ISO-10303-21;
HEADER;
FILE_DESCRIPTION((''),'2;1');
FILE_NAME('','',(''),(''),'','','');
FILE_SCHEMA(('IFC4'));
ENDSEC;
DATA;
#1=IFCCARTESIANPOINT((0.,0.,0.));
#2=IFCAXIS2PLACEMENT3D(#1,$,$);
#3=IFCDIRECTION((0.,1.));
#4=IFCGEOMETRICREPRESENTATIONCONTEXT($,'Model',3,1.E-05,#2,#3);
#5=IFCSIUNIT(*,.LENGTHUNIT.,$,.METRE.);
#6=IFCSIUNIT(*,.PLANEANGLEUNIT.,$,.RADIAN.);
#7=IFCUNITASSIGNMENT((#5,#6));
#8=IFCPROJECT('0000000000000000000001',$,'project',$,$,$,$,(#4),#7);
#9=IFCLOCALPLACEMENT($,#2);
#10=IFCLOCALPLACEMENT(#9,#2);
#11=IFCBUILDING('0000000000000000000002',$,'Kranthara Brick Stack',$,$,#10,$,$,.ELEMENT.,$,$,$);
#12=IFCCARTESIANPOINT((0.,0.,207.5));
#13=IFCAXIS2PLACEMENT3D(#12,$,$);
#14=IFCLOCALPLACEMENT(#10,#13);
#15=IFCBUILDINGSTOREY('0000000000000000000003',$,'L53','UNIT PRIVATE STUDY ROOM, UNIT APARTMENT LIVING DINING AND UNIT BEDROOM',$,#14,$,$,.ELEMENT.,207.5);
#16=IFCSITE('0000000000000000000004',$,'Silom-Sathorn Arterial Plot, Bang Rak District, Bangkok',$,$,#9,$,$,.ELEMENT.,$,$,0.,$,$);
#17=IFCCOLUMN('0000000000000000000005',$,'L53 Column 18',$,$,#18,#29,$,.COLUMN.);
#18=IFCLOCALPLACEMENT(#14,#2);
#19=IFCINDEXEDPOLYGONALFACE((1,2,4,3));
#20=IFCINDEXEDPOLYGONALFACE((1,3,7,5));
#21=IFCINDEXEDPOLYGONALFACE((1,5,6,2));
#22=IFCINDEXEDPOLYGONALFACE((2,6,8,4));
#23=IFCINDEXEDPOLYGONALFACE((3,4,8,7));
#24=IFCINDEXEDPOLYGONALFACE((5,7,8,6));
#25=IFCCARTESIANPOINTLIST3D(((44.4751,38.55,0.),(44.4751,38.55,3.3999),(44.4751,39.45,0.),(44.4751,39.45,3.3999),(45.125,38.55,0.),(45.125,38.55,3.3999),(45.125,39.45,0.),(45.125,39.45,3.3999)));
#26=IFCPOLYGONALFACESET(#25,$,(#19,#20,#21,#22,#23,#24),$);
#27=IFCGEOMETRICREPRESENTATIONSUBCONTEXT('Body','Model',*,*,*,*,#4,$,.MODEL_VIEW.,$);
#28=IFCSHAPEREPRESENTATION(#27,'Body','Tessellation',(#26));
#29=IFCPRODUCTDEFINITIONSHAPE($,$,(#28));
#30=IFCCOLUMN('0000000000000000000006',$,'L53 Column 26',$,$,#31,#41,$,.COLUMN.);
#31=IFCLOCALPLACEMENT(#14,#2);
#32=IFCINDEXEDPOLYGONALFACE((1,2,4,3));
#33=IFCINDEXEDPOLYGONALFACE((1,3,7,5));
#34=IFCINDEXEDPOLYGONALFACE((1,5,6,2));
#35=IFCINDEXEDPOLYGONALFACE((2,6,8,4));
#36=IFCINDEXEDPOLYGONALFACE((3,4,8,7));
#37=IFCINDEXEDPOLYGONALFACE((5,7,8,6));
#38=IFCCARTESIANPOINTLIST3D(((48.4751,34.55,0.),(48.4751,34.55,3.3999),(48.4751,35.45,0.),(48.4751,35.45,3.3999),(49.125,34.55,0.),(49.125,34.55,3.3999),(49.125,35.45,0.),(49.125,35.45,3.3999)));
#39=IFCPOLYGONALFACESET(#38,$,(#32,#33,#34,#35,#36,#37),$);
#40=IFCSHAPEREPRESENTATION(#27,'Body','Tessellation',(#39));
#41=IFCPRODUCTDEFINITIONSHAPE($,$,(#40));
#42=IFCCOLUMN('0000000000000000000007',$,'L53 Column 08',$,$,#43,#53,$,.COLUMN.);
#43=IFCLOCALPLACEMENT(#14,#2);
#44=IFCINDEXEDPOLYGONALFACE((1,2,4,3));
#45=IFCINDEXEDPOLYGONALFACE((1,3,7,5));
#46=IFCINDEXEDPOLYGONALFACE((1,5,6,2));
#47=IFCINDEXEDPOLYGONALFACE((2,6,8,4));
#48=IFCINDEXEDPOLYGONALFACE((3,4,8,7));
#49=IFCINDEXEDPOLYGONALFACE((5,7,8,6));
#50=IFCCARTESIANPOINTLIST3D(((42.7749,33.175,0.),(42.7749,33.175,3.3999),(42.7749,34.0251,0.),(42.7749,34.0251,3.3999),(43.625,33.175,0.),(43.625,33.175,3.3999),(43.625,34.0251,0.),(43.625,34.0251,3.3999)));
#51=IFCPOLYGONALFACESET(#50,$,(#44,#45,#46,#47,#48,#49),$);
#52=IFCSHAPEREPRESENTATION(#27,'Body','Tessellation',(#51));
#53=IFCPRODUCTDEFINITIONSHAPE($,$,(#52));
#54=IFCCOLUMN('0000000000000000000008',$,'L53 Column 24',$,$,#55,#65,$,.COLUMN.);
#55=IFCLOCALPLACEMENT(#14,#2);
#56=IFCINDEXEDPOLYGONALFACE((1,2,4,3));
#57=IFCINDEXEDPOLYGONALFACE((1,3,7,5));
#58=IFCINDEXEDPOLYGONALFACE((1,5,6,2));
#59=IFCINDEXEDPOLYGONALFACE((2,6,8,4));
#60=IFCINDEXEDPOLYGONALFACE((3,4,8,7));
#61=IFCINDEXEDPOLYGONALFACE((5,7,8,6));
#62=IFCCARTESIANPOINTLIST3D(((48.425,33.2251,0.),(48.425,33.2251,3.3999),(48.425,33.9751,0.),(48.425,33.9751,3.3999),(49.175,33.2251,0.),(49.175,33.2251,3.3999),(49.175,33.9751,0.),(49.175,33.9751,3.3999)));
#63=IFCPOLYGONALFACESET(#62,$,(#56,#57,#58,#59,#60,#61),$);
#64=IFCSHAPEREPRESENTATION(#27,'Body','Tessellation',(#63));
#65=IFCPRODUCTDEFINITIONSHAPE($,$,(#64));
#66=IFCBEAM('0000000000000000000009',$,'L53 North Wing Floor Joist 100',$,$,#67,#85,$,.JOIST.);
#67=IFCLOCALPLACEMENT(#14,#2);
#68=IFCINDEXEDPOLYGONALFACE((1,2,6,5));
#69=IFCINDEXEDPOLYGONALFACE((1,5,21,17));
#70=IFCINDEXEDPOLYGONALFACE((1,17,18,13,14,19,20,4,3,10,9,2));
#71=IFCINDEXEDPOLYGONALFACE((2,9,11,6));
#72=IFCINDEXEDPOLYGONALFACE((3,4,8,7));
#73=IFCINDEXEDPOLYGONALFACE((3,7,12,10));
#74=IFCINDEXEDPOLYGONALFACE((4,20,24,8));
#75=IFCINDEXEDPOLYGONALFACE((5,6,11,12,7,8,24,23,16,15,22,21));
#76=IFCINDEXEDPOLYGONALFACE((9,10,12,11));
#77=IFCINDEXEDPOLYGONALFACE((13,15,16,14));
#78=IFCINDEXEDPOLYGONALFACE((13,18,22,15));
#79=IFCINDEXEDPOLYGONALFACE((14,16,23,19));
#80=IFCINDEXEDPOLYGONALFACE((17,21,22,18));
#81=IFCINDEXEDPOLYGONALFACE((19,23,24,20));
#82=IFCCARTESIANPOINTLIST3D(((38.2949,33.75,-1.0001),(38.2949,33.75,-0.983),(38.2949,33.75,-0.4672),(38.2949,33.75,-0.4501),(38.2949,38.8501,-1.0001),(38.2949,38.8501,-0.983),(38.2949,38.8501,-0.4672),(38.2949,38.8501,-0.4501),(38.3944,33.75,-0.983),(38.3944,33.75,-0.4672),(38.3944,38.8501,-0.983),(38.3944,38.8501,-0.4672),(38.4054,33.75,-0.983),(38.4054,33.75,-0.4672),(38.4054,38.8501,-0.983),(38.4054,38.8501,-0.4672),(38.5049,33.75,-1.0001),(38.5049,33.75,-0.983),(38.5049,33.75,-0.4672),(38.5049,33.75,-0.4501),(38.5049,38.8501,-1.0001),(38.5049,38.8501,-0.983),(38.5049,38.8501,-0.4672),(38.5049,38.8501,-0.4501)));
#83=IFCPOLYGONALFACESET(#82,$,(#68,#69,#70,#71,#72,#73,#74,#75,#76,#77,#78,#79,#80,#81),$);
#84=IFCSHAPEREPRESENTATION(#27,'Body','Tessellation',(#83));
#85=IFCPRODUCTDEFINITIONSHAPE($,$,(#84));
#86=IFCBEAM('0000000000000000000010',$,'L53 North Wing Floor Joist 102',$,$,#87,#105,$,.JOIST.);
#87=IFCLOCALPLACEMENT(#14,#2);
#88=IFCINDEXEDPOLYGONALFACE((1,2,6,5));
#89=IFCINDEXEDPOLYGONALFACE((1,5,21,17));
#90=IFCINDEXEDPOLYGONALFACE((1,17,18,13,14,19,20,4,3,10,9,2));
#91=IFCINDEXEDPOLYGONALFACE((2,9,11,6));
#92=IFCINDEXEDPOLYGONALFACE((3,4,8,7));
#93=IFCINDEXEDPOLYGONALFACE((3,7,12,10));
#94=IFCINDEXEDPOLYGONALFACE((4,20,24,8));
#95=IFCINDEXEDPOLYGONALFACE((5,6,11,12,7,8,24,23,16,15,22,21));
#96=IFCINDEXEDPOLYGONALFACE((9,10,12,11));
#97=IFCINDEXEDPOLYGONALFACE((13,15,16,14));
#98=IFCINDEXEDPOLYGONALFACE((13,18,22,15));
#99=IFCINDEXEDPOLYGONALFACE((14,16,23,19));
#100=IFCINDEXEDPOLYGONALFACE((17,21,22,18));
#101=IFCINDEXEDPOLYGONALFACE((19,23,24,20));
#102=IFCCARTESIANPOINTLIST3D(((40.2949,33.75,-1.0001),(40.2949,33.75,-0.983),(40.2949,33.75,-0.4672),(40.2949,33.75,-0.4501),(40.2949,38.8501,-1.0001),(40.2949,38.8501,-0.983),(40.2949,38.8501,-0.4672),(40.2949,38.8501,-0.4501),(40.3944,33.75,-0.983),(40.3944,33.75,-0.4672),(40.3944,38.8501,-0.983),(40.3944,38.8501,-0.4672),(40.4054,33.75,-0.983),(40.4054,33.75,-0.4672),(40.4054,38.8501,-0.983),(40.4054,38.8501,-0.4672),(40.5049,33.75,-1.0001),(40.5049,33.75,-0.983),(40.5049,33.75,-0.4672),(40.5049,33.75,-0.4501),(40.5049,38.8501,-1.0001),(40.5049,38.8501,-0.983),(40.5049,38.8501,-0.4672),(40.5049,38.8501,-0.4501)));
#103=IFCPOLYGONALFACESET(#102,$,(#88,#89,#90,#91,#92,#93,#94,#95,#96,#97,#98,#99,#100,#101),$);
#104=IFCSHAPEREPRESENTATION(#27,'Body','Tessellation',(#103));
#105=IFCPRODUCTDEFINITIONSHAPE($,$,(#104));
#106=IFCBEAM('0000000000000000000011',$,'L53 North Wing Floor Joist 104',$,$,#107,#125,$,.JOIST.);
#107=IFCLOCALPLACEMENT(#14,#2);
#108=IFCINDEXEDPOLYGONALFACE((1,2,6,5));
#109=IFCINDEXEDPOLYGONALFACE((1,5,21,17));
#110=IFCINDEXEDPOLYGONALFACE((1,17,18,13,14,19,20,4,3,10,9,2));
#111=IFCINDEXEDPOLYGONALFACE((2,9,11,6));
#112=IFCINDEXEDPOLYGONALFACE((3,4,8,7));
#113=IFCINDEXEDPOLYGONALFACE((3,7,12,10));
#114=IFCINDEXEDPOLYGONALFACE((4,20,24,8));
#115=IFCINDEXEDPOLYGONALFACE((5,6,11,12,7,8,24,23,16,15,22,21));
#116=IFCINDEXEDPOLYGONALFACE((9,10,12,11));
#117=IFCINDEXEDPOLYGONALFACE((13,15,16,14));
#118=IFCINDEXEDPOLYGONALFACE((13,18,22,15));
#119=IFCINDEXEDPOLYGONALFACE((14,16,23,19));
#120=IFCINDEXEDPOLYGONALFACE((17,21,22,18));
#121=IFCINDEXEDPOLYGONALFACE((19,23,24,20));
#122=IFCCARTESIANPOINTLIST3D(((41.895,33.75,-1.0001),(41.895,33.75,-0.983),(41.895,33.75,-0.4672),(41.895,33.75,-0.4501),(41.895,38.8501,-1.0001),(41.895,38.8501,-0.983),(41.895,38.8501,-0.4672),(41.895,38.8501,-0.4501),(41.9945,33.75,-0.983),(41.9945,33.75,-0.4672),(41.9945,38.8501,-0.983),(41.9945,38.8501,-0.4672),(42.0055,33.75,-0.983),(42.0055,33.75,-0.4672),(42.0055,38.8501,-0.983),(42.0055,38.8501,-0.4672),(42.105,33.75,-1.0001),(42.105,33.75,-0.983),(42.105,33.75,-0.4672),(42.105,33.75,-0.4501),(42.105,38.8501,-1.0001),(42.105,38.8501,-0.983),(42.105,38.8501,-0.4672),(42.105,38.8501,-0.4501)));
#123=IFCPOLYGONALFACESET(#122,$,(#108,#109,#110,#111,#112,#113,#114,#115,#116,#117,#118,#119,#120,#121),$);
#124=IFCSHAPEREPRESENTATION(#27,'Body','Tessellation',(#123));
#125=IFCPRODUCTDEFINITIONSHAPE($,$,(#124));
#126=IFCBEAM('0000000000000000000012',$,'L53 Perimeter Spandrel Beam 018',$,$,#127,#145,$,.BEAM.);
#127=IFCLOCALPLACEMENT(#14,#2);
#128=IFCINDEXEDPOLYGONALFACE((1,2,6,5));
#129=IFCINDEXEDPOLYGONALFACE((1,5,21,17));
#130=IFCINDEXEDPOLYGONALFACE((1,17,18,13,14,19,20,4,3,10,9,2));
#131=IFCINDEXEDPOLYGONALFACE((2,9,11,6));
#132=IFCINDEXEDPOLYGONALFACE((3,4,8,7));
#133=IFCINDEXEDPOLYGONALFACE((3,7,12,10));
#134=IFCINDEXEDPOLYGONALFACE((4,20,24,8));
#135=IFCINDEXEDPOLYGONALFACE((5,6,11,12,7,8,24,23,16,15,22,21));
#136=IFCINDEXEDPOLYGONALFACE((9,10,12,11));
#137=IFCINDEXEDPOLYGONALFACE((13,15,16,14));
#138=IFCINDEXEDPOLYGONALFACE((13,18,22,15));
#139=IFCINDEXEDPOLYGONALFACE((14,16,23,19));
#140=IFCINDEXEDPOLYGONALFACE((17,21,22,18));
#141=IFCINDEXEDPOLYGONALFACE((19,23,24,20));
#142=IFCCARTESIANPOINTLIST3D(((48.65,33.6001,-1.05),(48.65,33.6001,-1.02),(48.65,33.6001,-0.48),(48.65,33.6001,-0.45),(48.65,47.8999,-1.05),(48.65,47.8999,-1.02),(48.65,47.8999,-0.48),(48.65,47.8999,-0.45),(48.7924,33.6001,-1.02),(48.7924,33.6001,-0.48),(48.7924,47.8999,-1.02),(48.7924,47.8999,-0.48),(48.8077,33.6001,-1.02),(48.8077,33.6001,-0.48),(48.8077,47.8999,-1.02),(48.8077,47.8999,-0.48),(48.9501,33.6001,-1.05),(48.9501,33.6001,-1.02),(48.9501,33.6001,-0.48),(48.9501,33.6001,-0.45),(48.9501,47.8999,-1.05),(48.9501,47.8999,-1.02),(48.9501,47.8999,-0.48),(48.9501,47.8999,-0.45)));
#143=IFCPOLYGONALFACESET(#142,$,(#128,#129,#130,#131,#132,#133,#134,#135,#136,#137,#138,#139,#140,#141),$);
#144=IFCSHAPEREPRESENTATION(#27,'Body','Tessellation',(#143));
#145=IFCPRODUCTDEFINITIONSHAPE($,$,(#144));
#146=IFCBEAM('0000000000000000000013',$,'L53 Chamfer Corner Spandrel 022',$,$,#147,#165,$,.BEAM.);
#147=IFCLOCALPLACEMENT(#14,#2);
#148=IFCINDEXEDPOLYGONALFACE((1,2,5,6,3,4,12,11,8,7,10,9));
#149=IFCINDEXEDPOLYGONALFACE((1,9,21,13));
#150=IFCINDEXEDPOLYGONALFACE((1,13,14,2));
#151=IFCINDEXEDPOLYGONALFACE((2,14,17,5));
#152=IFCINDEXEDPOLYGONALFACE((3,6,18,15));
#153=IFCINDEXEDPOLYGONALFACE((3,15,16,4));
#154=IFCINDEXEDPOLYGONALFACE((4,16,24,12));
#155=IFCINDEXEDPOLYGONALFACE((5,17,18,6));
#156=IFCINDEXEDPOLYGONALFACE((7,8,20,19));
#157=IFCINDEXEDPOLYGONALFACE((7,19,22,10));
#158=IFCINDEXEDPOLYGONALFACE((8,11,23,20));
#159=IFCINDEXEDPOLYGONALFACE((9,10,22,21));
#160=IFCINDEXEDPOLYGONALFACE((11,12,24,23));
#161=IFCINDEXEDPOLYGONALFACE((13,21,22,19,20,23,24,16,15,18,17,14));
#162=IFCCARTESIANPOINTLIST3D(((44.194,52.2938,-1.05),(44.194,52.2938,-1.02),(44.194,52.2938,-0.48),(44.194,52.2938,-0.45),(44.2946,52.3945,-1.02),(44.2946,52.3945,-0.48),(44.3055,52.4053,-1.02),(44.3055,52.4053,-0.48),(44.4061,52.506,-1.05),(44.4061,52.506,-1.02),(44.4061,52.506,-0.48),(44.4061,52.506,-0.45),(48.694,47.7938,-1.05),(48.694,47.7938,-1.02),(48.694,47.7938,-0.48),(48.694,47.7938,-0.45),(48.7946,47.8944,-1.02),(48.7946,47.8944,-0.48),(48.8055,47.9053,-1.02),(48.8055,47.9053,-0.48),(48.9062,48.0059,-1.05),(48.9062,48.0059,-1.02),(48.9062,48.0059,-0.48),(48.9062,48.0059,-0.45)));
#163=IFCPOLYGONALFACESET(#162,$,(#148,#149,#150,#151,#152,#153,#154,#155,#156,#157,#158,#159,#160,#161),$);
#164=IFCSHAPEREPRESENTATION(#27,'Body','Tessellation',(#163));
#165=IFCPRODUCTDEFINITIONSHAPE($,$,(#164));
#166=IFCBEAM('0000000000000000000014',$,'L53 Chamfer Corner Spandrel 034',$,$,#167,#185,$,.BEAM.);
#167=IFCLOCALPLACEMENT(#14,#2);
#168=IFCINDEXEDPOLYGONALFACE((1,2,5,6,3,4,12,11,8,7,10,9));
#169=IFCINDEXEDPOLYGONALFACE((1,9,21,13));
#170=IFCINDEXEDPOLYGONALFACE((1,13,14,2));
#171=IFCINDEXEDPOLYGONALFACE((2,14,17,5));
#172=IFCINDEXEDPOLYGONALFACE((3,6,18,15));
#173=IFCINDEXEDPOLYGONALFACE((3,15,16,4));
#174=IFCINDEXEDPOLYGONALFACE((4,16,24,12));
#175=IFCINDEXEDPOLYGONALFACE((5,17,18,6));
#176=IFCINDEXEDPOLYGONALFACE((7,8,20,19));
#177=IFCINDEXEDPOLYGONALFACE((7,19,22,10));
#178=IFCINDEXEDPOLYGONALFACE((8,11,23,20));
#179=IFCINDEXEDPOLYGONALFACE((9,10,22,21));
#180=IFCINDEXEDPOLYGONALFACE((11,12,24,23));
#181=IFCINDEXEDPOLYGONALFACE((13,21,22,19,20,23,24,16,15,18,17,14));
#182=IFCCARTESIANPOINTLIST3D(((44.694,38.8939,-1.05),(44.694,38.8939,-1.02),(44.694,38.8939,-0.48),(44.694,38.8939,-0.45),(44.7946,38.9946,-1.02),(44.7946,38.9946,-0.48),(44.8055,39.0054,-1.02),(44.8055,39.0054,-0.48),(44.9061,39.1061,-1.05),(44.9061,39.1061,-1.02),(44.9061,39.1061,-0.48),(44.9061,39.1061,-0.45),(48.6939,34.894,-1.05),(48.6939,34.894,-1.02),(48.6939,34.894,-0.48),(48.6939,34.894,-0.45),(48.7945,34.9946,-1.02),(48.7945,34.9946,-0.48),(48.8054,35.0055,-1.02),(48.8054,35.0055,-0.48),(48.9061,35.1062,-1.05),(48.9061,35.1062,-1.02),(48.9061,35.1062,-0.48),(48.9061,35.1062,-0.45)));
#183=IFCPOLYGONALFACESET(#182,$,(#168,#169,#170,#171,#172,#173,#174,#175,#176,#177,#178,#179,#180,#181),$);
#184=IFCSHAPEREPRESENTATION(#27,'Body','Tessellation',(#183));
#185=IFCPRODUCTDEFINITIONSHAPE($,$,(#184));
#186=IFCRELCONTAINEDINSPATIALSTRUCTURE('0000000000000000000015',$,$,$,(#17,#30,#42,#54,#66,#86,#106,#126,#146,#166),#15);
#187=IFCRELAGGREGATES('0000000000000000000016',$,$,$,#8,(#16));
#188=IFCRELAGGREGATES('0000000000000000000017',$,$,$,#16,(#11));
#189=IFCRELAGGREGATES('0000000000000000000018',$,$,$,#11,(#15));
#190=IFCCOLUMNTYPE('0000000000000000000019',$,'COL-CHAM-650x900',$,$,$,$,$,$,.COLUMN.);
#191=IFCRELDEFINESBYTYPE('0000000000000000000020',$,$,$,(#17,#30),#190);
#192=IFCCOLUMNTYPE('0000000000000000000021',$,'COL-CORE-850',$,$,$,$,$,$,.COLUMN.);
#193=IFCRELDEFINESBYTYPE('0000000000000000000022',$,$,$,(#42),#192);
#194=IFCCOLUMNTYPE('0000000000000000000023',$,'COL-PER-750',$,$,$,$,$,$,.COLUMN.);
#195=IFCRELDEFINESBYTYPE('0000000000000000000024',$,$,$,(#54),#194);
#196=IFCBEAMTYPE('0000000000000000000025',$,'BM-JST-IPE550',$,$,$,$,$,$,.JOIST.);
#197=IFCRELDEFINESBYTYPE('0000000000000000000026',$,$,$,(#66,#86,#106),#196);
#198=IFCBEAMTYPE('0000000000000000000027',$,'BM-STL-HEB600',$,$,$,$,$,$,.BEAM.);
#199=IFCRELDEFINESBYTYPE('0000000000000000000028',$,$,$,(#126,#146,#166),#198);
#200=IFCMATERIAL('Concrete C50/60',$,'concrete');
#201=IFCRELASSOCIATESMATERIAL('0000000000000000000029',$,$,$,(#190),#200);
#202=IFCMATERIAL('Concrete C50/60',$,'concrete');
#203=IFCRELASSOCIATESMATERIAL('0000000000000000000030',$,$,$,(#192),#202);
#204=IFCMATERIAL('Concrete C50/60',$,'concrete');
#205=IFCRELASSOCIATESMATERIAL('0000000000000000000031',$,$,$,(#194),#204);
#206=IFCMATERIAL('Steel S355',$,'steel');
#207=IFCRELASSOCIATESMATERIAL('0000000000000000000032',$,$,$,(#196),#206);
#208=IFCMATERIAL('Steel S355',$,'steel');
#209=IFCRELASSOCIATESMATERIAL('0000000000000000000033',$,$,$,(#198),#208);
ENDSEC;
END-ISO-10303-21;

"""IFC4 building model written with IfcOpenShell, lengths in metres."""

from ifc_helpers import new_model, si_unit, direction, frame, origin, origin_2d, place, context, subcontext, project, spatial, rectangle, i_section, extrude, material, material_profile, profile_set, type_object, element, save


model = new_model("IFC4")

# Units and contexts
model_context = context("Model", 3, precision=1e-05, world=origin(), true_north=direction((0.0, 1.0)))
body_context = subcontext(model_context, "Body", "Model", "MODEL_VIEW")
ifc_project = project(units=[si_unit("LENGTHUNIT", "METRE"), si_unit("PLANEANGLEUNIT", "RADIAN")], contexts=[model_context])

# Site, building, storey
site_placement = place(None, origin())
site = spatial("IfcSite", under=ifc_project, at=site_placement, Name="Silom-Sathorn Arterial Plot, Bang Rak District, Bangkok", CompositionType="ELEMENT", RefElevation=0.0)
building_placement = place(site_placement, origin())
building = spatial("IfcBuilding", under=site, at=building_placement, Name="Kranthara Brick Stack", CompositionType="ELEMENT")
storey_placement = place(building_placement, frame((0.0, 0.0, 207.5)))
storey = spatial("IfcBuildingStorey", under=building, at=storey_placement, Name="L53", Description="UNIT PRIVATE STUDY ROOM, UNIT APARTMENT LIVING DINING AND UNIT BEDROOM", CompositionType="ELEMENT", Elevation=207.5)

# Columns
ifc_material_1 = material(Name="Concrete C50/60", Category="concrete")
ifc_material_profile_1 = material_profile(ifc_material_1, rectangle(XDim=0.6499, YDim=0.8999, at=origin_2d()), Name="RC 650x900")
ifc_profile_set_1 = profile_set([ifc_material_profile_1], Name="Concrete C50/60")
column_type_1 = type_object("IfcColumnType", Name="COL-CHAM-650x900", PredefinedType="COLUMN", material=ifc_profile_set_1)
for number, where, z_axis, x_axis, name in (
    (1, (44.8, 39.0, 0.0), (0.0, 0.0, 1.0), (1.0, 0.0, 0.0), "L53 Column 18"),
    (2, (48.8, 35.0, 0.0), (0.0, 0.0, 1.0), (1.0, 0.0, 0.0), "L53 Column 26"),
):
    element("IfcColumn", number, at=place(storey_placement, frame(where, z_axis=z_axis, x_axis=x_axis)), inside=storey, type_object=column_type_1, Name=name, PredefinedType="COLUMN", context=body_context, shape_type="SweptSolid", body=[
        extrude(rectangle(XDim=0.6499, YDim=0.8999, at=origin_2d()), origin(), (0.0, 0.0, 1.0), 3.3999),
    ])
ifc_material_2 = material(Name="Concrete C50/60", Category="concrete")
ifc_material_profile_2 = material_profile(ifc_material_2, rectangle(XDim=0.8501, YDim=0.8501, at=origin_2d()), Name="RC 850x850")
ifc_profile_set_2 = profile_set([ifc_material_profile_2], Name="Concrete C50/60")
column_type_2 = type_object("IfcColumnType", Name="COL-CORE-850", PredefinedType="COLUMN", material=ifc_profile_set_2)
column_1_placement = place(storey_placement, frame((43.2, 33.6001, 0.0), z_axis=(0.0, 0.0, 1.0), x_axis=(1.0, 0.0, 0.0)))
element("IfcColumn", 3, at=column_1_placement, inside=storey, type_object=column_type_2, Name="L53 Column 08", PredefinedType="COLUMN", context=body_context, shape_type="SweptSolid", body=[
    extrude(rectangle(XDim=0.8501, YDim=0.8501, at=origin_2d()), origin(), (0.0, 0.0, 1.0), 3.3999),
])
ifc_material_3 = material(Name="Concrete C50/60", Category="concrete")
ifc_material_profile_3 = material_profile(ifc_material_3, rectangle(XDim=0.75, YDim=0.75, at=origin_2d()), Name="RC 750x750")
ifc_profile_set_3 = profile_set([ifc_material_profile_3], Name="Concrete C50/60")
column_type_3 = type_object("IfcColumnType", Name="COL-PER-750", PredefinedType="COLUMN", material=ifc_profile_set_3)
column_2_placement = place(storey_placement, frame((48.8, 33.6001, 0.0), z_axis=(0.0, 0.0, 1.0), x_axis=(1.0, 0.0, 0.0)))
element("IfcColumn", 4, at=column_2_placement, inside=storey, type_object=column_type_3, Name="L53 Column 24", PredefinedType="COLUMN", context=body_context, shape_type="SweptSolid", body=[
    extrude(rectangle(XDim=0.75, YDim=0.75, at=origin_2d()), origin(), (0.0, 0.0, 1.0), 3.3999),
])

# Beams
ifc_material_4 = material(Name="Steel S355", Category="steel")
ifc_material_profile_4 = material_profile(ifc_material_4, i_section(OverallWidth=0.21, OverallDepth=0.55, WebThickness=0.011, FlangeThickness=0.0171, at=origin_2d()), Name="IPE 550")
ifc_profile_set_4 = profile_set([ifc_material_profile_4], Name="Steel S355")
beam_type_1 = type_object("IfcBeamType", Name="BM-JST-IPE550", PredefinedType="JOIST", material=ifc_profile_set_4)
for number, where, z_axis, x_axis, name in (
    (5, (38.3999, 33.75, -0.7251), (0.0, 1.0, 0.0), (-1.0, 0.0, 0.0), "L53 North Wing Floor Joist 100"),
    (6, (40.3999, 33.75, -0.7251), (0.0, 1.0, 0.0), (-1.0, 0.0, 0.0), "L53 North Wing Floor Joist 102"),
    (7, (42.0, 33.75, -0.7251), (0.0, 1.0, 0.0), (-1.0, 0.0, 0.0), "L53 North Wing Floor Joist 104"),
):
    element("IfcBeam", number, at=place(storey_placement, frame(where, z_axis=z_axis, x_axis=x_axis)), inside=storey, type_object=beam_type_1, Name=name, PredefinedType="JOIST", context=body_context, shape_type="SweptSolid", body=[
        extrude(i_section(OverallWidth=0.21, OverallDepth=0.55, WebThickness=0.011, FlangeThickness=0.0171, at=origin_2d()), origin(), (0.0, 0.0, 1.0), 5.1001),
    ])
ifc_material_5 = material(Name="Steel S355", Category="steel")
ifc_material_profile_5 = material_profile(ifc_material_5, i_section(OverallWidth=0.3, OverallDepth=0.6001, WebThickness=0.0154, FlangeThickness=0.03, at=origin_2d()), Name="HEB 600")
ifc_profile_set_5 = profile_set([ifc_material_profile_5], Name="Steel S355")
beam_type_2 = type_object("IfcBeamType", Name="BM-STL-HEB600", PredefinedType="BEAM", material=ifc_profile_set_5)
beam_1_placement = place(storey_placement, frame((48.8, 33.6001, -0.75), z_axis=(0.0, 1.0, 0.0), x_axis=(-1.0, 0.0, 0.0)))
element("IfcBeam", 8, at=beam_1_placement, inside=storey, type_object=beam_type_2, Name="L53 Perimeter Spandrel Beam 018", PredefinedType="BEAM", context=body_context, shape_type="SweptSolid", body=[
    extrude(i_section(OverallWidth=0.3, OverallDepth=0.6001, WebThickness=0.0154, FlangeThickness=0.03, at=origin_2d()), origin(), (0.0, 0.0, 1.0), 14.2998),
])
beam_2_placement = place(storey_placement, frame((44.3, 52.3999, -0.75), z_axis=(0.707107, -0.707107, 0.0), x_axis=(0.707107, 0.707107, 0.0)))
element("IfcBeam", 9, at=beam_2_placement, inside=storey, type_object=beam_type_2, Name="L53 Chamfer Corner Spandrel 022", PredefinedType="BEAM", context=body_context, shape_type="SweptSolid", body=[
    extrude(i_section(OverallWidth=0.3, OverallDepth=0.6001, WebThickness=0.0154, FlangeThickness=0.03, at=origin_2d()), origin(), (0.0, 0.0, 1.0), 6.364),
])
beam_3_placement = place(storey_placement, frame((44.8, 39.0, -0.75), z_axis=(0.707107, -0.707107, 0.0), x_axis=(0.707107, 0.707107, 0.0)))
element("IfcBeam", 10, at=beam_3_placement, inside=storey, type_object=beam_type_2, Name="L53 Chamfer Corner Spandrel 034", PredefinedType="BEAM", context=body_context, shape_type="SweptSolid", body=[
    extrude(i_section(OverallWidth=0.3, OverallDepth=0.6001, WebThickness=0.0154, FlangeThickness=0.03, at=origin_2d()), origin(), (0.0, 0.0, 1.0), 5.6567),
])

save(model, "model.ifc")
